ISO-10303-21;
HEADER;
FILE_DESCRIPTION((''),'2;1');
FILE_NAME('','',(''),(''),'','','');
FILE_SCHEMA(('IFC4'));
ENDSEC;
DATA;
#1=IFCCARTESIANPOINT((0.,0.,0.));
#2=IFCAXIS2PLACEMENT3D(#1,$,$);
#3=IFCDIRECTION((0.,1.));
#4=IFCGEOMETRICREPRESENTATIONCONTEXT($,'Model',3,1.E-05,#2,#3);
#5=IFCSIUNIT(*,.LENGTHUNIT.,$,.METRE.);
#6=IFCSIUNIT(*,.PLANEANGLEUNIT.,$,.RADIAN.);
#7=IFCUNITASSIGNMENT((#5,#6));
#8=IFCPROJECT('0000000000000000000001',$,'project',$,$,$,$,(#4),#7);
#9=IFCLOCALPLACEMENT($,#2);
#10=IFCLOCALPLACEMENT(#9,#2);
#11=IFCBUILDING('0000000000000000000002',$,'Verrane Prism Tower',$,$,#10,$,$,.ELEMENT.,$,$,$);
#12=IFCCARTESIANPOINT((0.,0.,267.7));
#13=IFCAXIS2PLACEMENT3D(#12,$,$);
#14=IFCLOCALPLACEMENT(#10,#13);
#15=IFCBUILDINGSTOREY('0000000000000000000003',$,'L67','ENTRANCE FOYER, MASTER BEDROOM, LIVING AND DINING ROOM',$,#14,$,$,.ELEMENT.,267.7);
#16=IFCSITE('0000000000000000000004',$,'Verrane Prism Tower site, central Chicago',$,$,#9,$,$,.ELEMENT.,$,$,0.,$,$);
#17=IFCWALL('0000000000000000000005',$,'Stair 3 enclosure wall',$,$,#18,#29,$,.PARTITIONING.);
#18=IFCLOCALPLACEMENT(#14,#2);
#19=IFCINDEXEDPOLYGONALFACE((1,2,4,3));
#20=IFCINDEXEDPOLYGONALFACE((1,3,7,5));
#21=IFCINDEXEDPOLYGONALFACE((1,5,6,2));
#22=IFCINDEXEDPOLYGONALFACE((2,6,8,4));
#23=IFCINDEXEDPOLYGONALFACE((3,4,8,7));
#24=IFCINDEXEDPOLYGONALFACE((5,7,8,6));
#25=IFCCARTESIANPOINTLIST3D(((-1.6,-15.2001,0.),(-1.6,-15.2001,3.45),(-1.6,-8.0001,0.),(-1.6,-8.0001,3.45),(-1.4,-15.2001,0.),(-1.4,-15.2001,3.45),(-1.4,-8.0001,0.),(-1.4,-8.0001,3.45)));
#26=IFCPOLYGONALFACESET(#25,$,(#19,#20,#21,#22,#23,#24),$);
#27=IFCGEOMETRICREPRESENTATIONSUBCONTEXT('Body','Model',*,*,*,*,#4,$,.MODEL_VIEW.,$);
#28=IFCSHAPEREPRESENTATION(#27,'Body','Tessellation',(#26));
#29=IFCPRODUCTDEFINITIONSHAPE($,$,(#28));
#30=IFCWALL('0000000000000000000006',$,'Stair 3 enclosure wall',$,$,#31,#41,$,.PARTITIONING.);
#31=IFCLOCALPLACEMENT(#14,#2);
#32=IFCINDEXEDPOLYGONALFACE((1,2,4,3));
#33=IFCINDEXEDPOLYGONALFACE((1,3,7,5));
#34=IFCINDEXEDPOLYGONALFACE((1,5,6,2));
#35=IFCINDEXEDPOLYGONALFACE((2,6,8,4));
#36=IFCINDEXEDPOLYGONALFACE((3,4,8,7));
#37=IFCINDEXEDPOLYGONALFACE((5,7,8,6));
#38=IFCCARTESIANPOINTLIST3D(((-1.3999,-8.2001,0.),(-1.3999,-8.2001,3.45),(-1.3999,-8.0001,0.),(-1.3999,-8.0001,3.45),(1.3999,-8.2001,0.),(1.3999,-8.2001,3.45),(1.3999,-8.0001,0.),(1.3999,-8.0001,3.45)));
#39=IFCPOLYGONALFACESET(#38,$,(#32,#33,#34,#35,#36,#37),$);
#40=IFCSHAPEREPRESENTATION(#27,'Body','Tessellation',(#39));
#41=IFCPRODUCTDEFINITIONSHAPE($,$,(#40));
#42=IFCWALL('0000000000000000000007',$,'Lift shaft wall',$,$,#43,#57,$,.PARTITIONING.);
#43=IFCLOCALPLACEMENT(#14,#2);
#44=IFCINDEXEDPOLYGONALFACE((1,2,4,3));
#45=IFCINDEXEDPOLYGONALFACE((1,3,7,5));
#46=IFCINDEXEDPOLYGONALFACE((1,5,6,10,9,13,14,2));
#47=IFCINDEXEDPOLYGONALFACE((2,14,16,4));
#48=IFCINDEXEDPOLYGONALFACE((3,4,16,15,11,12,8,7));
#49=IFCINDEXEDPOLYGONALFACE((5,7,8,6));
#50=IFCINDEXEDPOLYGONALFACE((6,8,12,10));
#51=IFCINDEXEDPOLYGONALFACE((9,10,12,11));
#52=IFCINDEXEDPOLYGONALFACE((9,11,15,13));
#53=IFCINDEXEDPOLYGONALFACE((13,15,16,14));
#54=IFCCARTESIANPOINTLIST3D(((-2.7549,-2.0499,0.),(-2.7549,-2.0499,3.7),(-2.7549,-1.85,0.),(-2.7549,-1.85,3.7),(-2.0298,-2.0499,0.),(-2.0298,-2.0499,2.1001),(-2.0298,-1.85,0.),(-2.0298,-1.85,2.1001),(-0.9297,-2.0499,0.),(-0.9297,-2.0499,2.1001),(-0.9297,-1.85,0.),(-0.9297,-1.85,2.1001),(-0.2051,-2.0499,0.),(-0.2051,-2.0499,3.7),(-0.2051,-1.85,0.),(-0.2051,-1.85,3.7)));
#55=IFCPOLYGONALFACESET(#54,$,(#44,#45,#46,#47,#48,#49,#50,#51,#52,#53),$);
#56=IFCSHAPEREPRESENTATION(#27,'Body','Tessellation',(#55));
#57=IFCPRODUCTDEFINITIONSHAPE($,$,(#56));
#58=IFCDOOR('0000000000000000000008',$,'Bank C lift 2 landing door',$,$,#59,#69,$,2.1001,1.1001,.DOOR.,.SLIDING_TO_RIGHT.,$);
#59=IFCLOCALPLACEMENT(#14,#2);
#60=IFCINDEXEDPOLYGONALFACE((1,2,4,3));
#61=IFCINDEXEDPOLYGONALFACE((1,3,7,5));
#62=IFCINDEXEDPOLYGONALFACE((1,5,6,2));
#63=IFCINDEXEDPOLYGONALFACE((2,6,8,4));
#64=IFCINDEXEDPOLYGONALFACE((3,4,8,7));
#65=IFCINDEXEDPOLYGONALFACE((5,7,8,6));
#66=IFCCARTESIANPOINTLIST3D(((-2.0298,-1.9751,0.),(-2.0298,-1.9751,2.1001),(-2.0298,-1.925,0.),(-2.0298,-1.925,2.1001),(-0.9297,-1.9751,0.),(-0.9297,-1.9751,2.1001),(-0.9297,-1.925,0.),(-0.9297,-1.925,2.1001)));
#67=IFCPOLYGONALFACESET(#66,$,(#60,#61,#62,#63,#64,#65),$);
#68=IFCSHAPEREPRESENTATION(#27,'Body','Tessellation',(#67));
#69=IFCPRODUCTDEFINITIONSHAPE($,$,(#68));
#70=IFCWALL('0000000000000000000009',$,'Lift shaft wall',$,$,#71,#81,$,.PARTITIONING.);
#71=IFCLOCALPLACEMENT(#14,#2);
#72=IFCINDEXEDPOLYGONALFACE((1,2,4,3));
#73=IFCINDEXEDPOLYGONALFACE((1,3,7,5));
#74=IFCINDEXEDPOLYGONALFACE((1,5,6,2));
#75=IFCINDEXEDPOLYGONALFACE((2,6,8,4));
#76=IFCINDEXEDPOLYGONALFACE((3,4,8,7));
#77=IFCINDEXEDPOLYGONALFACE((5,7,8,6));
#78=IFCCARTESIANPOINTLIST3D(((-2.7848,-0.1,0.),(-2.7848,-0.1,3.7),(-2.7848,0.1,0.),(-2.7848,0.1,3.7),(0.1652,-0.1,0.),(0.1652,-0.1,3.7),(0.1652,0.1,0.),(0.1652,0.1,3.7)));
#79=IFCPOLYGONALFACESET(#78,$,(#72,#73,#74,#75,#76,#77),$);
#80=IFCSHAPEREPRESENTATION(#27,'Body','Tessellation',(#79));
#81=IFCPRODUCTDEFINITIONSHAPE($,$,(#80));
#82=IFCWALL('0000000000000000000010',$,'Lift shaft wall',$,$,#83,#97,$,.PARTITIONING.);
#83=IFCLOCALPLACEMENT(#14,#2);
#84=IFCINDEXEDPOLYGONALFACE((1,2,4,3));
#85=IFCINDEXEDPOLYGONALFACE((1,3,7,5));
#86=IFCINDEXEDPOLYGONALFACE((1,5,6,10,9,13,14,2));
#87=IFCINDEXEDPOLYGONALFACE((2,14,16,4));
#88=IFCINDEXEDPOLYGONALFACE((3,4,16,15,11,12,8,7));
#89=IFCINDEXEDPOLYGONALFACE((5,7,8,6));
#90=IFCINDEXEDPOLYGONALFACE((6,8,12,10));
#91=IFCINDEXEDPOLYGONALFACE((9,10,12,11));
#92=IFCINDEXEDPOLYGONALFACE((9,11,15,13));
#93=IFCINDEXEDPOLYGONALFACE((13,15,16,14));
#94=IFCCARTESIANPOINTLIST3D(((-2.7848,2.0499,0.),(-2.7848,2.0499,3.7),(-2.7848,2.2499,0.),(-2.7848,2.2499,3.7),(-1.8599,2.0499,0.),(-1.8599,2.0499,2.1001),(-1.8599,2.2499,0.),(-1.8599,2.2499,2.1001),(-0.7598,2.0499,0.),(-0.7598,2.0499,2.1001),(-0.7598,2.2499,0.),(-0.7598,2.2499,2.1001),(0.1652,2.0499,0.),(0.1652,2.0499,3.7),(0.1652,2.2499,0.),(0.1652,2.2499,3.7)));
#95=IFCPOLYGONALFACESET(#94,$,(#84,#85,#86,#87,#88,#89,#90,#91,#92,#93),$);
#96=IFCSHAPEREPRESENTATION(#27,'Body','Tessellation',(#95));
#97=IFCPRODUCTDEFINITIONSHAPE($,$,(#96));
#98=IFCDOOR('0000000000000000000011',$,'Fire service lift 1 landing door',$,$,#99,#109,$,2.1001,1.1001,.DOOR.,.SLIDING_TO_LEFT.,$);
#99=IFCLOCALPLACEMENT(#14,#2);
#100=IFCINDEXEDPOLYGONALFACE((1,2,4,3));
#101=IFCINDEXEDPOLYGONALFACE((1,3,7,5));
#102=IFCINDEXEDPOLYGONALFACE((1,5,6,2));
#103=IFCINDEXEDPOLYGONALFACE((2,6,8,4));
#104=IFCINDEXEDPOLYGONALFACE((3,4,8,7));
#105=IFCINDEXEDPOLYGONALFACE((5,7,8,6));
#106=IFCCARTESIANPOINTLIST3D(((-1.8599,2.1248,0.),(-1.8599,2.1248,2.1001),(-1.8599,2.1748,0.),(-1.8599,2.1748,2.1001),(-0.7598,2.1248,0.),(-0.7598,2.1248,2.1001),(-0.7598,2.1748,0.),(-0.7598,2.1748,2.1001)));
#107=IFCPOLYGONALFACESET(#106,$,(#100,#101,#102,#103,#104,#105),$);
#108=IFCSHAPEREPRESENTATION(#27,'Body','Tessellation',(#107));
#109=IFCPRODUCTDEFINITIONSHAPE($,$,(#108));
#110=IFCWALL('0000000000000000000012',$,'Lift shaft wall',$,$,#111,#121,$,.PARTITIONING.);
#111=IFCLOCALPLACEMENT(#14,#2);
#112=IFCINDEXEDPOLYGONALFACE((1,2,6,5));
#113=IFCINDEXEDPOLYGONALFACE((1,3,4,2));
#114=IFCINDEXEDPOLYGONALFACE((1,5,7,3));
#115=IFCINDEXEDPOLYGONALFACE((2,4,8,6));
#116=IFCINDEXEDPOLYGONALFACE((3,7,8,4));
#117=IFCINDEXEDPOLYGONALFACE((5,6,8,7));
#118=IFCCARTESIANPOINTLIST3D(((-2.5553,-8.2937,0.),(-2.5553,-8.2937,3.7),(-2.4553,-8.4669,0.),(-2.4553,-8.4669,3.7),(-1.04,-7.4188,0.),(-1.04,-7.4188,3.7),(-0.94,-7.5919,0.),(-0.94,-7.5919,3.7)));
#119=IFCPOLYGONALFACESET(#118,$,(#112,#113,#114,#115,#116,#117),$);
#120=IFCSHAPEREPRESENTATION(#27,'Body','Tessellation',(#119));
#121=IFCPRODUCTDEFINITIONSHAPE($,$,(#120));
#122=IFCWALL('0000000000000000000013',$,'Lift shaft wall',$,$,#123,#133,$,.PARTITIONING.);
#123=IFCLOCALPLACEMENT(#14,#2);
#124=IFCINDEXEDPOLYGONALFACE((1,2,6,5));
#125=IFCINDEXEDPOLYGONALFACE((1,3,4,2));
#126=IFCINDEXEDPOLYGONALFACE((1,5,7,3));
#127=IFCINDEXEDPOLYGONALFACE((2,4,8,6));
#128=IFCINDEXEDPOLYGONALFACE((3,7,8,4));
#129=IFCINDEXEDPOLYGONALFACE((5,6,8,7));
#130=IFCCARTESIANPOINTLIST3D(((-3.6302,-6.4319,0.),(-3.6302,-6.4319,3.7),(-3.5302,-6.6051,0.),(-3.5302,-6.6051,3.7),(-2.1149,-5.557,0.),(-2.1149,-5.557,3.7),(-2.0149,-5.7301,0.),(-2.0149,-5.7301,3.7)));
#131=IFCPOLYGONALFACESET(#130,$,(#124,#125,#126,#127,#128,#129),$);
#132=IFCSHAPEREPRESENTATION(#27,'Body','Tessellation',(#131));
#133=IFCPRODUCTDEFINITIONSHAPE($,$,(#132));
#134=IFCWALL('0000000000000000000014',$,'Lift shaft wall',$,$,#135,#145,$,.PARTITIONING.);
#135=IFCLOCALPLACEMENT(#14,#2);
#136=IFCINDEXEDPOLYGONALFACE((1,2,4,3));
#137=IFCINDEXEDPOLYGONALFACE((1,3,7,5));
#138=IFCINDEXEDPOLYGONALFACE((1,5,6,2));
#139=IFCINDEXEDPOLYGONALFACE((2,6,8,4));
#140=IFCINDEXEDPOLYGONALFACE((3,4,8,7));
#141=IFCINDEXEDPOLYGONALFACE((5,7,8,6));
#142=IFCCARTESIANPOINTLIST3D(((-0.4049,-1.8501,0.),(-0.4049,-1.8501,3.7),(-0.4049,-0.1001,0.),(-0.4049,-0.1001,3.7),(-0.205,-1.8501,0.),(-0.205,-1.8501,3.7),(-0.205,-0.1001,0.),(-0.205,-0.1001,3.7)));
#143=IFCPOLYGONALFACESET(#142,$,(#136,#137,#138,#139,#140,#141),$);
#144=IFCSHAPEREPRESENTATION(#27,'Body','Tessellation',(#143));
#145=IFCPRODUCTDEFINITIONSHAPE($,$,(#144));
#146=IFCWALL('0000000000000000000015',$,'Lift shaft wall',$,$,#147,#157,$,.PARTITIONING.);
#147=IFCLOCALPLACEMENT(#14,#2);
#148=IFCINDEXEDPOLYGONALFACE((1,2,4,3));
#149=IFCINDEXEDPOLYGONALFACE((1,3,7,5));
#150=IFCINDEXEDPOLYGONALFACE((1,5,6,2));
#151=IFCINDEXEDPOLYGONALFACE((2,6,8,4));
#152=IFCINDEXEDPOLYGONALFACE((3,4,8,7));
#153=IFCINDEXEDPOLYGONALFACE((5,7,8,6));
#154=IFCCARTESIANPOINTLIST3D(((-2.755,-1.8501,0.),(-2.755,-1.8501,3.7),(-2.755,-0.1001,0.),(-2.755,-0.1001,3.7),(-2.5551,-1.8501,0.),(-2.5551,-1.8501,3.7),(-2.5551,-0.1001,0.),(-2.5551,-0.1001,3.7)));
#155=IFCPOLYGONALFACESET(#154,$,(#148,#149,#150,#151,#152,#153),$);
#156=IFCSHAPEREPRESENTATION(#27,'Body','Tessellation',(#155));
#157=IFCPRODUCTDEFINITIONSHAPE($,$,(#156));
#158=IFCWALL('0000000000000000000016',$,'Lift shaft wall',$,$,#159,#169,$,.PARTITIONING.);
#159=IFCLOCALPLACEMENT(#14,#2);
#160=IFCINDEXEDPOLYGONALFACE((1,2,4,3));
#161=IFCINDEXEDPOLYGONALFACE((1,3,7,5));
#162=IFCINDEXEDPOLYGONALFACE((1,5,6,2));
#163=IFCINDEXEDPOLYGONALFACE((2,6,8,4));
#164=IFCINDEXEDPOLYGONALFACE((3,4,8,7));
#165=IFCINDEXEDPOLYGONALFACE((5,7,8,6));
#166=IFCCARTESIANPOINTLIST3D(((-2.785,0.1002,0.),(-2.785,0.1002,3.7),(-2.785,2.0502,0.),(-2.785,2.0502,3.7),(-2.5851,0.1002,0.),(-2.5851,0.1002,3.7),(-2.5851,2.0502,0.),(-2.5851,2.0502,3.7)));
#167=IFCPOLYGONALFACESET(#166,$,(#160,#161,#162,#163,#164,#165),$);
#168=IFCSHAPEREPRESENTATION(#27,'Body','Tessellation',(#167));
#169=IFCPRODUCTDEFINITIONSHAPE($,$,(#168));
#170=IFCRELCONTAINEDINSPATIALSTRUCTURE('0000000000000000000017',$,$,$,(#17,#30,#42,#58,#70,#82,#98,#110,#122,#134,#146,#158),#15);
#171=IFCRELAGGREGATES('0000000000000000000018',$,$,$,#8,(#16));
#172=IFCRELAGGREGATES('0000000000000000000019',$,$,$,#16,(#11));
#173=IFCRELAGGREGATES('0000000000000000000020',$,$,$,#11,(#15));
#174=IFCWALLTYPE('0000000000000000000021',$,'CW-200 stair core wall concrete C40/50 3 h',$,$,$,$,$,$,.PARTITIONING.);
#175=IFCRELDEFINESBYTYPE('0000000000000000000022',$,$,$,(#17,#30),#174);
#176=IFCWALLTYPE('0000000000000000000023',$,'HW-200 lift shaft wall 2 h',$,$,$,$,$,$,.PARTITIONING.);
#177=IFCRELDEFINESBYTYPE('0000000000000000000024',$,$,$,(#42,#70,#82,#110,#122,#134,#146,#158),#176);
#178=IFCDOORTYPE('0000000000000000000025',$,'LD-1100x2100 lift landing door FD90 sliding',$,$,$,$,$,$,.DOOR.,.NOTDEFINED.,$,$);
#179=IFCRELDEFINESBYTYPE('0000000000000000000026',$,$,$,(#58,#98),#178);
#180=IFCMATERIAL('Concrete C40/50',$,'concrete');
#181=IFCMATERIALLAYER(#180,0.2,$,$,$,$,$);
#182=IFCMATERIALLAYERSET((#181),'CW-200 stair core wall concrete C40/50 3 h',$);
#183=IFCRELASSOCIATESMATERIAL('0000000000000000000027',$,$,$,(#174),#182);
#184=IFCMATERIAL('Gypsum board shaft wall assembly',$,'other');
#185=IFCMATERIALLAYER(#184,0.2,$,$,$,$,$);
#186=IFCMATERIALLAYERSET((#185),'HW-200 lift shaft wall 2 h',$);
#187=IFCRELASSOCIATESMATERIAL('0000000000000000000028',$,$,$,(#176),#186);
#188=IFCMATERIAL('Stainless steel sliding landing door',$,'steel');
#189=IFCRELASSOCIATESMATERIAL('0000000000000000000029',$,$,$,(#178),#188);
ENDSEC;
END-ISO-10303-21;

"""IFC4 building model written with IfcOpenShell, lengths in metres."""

from ifc_helpers import new_model, si_unit, direction, frame, frame_2d, origin, place, context, subcontext, project, spatial, rectangle, extrude, material, layer, layer_set, type_object, element, fill, save


model = new_model("IFC4")

# Units and contexts
model_context = context("Model", 3, precision=1e-05, world=origin(), true_north=direction((0.0, 1.0)))
body_context = subcontext(model_context, "Body", "Model", "MODEL_VIEW")
ifc_project = project(units=[si_unit("LENGTHUNIT", "METRE"), si_unit("PLANEANGLEUNIT", "RADIAN")], contexts=[model_context])

# Site, building, storey
site_placement = place(None, origin())
site = spatial("IfcSite", under=ifc_project, at=site_placement, Name="Verrane Prism Tower site, central Chicago", CompositionType="ELEMENT", RefElevation=0.0)
building_placement = place(site_placement, origin())
building = spatial("IfcBuilding", under=site, at=building_placement, Name="Verrane Prism Tower", CompositionType="ELEMENT")
storey_placement = place(building_placement, frame((0.0, 0.0, 267.7)))
storey = spatial("IfcBuildingStorey", under=building, at=storey_placement, Name="L67", Description="ENTRANCE FOYER, MASTER BEDROOM, LIVING AND DINING ROOM", CompositionType="ELEMENT", Elevation=267.7)

# Walls
ifc_material_1 = material(Name="Concrete C40/50", Category="concrete")
ifc_layer_1 = layer(ifc_material_1, 0.2)
ifc_layer_set_1 = layer_set([ifc_layer_1], Name="CW-200 stair core wall concrete C40/50 3 h")
wall_type_1 = type_object("IfcWallType", Name="CW-200 stair core wall concrete C40/50 3 h", PredefinedType="PARTITIONING", material=ifc_layer_set_1)
wall_1_placement = place(storey_placement, frame((-1.5, -8.0, 0.0), z_axis=(0.0, 0.0, 1.0), x_axis=(0.0, -1.0, 0.0)))
element("IfcWall", 1, at=wall_1_placement, inside=storey, type_object=wall_type_1, Name="Stair 3 enclosure wall", PredefinedType="PARTITIONING", context=body_context, shape_type="SweptSolid", body=[
    extrude(rectangle(XDim=7.2, YDim=0.2, at=frame_2d((3.6001, 0.0))), origin(), (0.0, 0.0, 1.0), 3.45),
])
wall_2_placement = place(storey_placement, frame((-1.3999, -8.1001, 0.0), z_axis=(0.0, 0.0, 1.0), x_axis=(1.0, 0.0, 0.0)))
element("IfcWall", 2, at=wall_2_placement, inside=storey, type_object=wall_type_1, Name="Stair 3 enclosure wall", PredefinedType="PARTITIONING", context=body_context, shape_type="SweptSolid", body=[
    extrude(rectangle(XDim=2.7998, YDim=0.2, at=frame_2d((1.3999, 0.0))), origin(), (0.0, 0.0, 1.0), 3.45),
])

# Wall, opening, door
ifc_material_2 = material(Name="Gypsum board shaft wall assembly", Category="other")
ifc_layer_2 = layer(ifc_material_2, 0.2)
ifc_layer_set_2 = layer_set([ifc_layer_2], Name="HW-200 lift shaft wall 2 h")
wall_type_2 = type_object("IfcWallType", Name="HW-200 lift shaft wall 2 h", PredefinedType="PARTITIONING", material=ifc_layer_set_2)
wall_3_placement = place(storey_placement, frame((-2.7549, -1.95, 0.0), z_axis=(0.0, 0.0, 1.0), x_axis=(1.0, 0.0, 0.0)))
wall_3 = element("IfcWall", 3, at=wall_3_placement, inside=storey, type_object=wall_type_2, Name="Lift shaft wall", PredefinedType="PARTITIONING", context=body_context, shape_type="SweptSolid", body=[
    extrude(rectangle(XDim=2.5498, YDim=0.2, at=frame_2d((1.2749, 0.0))), origin(), (0.0, 0.0, 1.0), 3.7),
])
opening_1_placement = place(wall_3_placement, frame((0.7251, 0.0, 0.0)))
opening_1 = element("IfcOpeningElement", 4, at=opening_1_placement, cuts=wall_3, PredefinedType="OPENING", context=body_context, shape_type="SweptSolid", body=[
    extrude(rectangle(XDim=1.1001, YDim=2.1001, at=frame_2d((0.55, 1.05))), frame((0.0, 0.1099, 0.0), z_axis=(0.0, -1.0, 0.0), x_axis=(1.0, 0.0, 0.0)), (0.0, 0.0, 1.0), 0.22),
])
ifc_material_3 = material(Name="Stainless steel sliding landing door", Category="steel")
door_type_1 = type_object("IfcDoorType", Name="LD-1100x2100 lift landing door FD90 sliding", OperationType="NOTDEFINED", PredefinedType="DOOR", material=ifc_material_3)
door_1_placement = place(opening_1_placement, origin())
door_1 = element("IfcDoor", 5, at=door_1_placement, inside=storey, type_object=door_type_1, Name="Bank C lift 2 landing door", OperationType="SLIDING_TO_RIGHT", OverallHeight=2.1001, OverallWidth=1.1001, PredefinedType="DOOR", context=body_context, shape_type="SweptSolid", body=[
    extrude(rectangle(XDim=1.1001, YDim=2.1001, at=frame_2d((0.55, 1.05))), frame((0.0, 0.0249, 0.0), z_axis=(0.0, -1.0, 0.0), x_axis=(1.0, 0.0, 0.0)), (0.0, 0.0, 1.0), 0.05),
])
fill(opening_1, door_1)

# Wall
wall_4_placement = place(storey_placement, frame((-2.7849, 0.0, 0.0), z_axis=(0.0, 0.0, 1.0), x_axis=(1.0, 0.0, 0.0)))
element("IfcWall", 6, at=wall_4_placement, inside=storey, type_object=wall_type_2, Name="Lift shaft wall", PredefinedType="PARTITIONING", context=body_context, shape_type="SweptSolid", body=[
    extrude(rectangle(XDim=2.95, YDim=0.2, at=frame_2d((1.4751, 0.0))), origin(), (0.0, 0.0, 1.0), 3.7),
])

# Wall, opening, door
wall_5_placement = place(storey_placement, frame((-2.7849, 2.1499, 0.0), z_axis=(0.0, 0.0, 1.0), x_axis=(1.0, 0.0, 0.0)))
wall_5 = element("IfcWall", 7, at=wall_5_placement, inside=storey, type_object=wall_type_2, Name="Lift shaft wall", PredefinedType="PARTITIONING", context=body_context, shape_type="SweptSolid", body=[
    extrude(rectangle(XDim=2.95, YDim=0.2, at=frame_2d((1.4751, 0.0))), origin(), (0.0, 0.0, 1.0), 3.7),
])
opening_2_placement = place(wall_5_placement, frame((0.925, 0.0, 0.0)))
opening_2 = element("IfcOpeningElement", 8, at=opening_2_placement, cuts=wall_5, PredefinedType="OPENING", context=body_context, shape_type="SweptSolid", body=[
    extrude(rectangle(XDim=1.1001, YDim=2.1001, at=frame_2d((0.55, 1.05))), frame((0.0, 0.1099, 0.0), z_axis=(0.0, -1.0, 0.0), x_axis=(1.0, 0.0, 0.0)), (0.0, 0.0, 1.0), 0.22),
])
door_2_placement = place(opening_2_placement, origin())
door_2 = element("IfcDoor", 9, at=door_2_placement, inside=storey, type_object=door_type_1, Name="Fire service lift 1 landing door", OperationType="SLIDING_TO_LEFT", OverallHeight=2.1001, OverallWidth=1.1001, PredefinedType="DOOR", context=body_context, shape_type="SweptSolid", body=[
    extrude(rectangle(XDim=1.1001, YDim=2.1001, at=frame_2d((0.55, 1.05))), frame((0.0, 0.0249, 0.0), z_axis=(0.0, -1.0, 0.0), x_axis=(1.0, 0.0, 0.0)), (0.0, 0.0, 1.0), 0.05),
])
fill(opening_2, door_2)

# Walls
for number, where, z_axis, x_axis, name in (
    (10, (-2.5054, -8.3804, 0.0), (0.0, 0.0, 1.0), (0.866002, 0.50004, 0.0), "Lift shaft wall"),
    (11, (-3.5803, -6.5186, 0.0), (0.0, 0.0, 1.0), (0.866002, 0.50004, 0.0), "Lift shaft wall"),
):
    element("IfcWall", number, at=place(storey_placement, frame(where, z_axis=z_axis, x_axis=x_axis)), inside=storey, type_object=wall_type_2, Name=name, PredefinedType="PARTITIONING", context=body_context, shape_type="SweptSolid", body=[
        extrude(rectangle(XDim=1.7498, YDim=0.2, at=frame_2d((0.875, 0.0))), origin(), (0.0, 0.0, 1.0), 3.7),
    ])
for number, where, z_axis, x_axis, name in (
    (12, (-0.3049, -1.8501, 0.0), (0.0, 0.0, 1.0), (0.0, 1.0, 0.0), "Lift shaft wall"),
    (13, (-2.655, -1.8501, 0.0), (0.0, 0.0, 1.0), (0.0, 1.0, 0.0), "Lift shaft wall"),
):
    element("IfcWall", number, at=place(storey_placement, frame(where, z_axis=z_axis, x_axis=x_axis)), inside=storey, type_object=wall_type_2, Name=name, PredefinedType="PARTITIONING", context=body_context, shape_type="SweptSolid", body=[
        extrude(rectangle(XDim=1.75, YDim=0.2, at=frame_2d((0.875, 0.0))), origin(), (0.0, 0.0, 1.0), 3.7),
    ])
wall_6_placement = place(storey_placement, frame((-2.6851, 0.1001, 0.0), z_axis=(0.0, 0.0, 1.0), x_axis=(0.0, 1.0, 0.0)))
element("IfcWall", 14, at=wall_6_placement, inside=storey, type_object=wall_type_2, Name="Lift shaft wall", PredefinedType="PARTITIONING", context=body_context, shape_type="SweptSolid", body=[
    extrude(rectangle(XDim=1.95, YDim=0.2, at=frame_2d((0.9751, 0.0))), origin(), (0.0, 0.0, 1.0), 3.7),
])

save(model, "model.ifc")
